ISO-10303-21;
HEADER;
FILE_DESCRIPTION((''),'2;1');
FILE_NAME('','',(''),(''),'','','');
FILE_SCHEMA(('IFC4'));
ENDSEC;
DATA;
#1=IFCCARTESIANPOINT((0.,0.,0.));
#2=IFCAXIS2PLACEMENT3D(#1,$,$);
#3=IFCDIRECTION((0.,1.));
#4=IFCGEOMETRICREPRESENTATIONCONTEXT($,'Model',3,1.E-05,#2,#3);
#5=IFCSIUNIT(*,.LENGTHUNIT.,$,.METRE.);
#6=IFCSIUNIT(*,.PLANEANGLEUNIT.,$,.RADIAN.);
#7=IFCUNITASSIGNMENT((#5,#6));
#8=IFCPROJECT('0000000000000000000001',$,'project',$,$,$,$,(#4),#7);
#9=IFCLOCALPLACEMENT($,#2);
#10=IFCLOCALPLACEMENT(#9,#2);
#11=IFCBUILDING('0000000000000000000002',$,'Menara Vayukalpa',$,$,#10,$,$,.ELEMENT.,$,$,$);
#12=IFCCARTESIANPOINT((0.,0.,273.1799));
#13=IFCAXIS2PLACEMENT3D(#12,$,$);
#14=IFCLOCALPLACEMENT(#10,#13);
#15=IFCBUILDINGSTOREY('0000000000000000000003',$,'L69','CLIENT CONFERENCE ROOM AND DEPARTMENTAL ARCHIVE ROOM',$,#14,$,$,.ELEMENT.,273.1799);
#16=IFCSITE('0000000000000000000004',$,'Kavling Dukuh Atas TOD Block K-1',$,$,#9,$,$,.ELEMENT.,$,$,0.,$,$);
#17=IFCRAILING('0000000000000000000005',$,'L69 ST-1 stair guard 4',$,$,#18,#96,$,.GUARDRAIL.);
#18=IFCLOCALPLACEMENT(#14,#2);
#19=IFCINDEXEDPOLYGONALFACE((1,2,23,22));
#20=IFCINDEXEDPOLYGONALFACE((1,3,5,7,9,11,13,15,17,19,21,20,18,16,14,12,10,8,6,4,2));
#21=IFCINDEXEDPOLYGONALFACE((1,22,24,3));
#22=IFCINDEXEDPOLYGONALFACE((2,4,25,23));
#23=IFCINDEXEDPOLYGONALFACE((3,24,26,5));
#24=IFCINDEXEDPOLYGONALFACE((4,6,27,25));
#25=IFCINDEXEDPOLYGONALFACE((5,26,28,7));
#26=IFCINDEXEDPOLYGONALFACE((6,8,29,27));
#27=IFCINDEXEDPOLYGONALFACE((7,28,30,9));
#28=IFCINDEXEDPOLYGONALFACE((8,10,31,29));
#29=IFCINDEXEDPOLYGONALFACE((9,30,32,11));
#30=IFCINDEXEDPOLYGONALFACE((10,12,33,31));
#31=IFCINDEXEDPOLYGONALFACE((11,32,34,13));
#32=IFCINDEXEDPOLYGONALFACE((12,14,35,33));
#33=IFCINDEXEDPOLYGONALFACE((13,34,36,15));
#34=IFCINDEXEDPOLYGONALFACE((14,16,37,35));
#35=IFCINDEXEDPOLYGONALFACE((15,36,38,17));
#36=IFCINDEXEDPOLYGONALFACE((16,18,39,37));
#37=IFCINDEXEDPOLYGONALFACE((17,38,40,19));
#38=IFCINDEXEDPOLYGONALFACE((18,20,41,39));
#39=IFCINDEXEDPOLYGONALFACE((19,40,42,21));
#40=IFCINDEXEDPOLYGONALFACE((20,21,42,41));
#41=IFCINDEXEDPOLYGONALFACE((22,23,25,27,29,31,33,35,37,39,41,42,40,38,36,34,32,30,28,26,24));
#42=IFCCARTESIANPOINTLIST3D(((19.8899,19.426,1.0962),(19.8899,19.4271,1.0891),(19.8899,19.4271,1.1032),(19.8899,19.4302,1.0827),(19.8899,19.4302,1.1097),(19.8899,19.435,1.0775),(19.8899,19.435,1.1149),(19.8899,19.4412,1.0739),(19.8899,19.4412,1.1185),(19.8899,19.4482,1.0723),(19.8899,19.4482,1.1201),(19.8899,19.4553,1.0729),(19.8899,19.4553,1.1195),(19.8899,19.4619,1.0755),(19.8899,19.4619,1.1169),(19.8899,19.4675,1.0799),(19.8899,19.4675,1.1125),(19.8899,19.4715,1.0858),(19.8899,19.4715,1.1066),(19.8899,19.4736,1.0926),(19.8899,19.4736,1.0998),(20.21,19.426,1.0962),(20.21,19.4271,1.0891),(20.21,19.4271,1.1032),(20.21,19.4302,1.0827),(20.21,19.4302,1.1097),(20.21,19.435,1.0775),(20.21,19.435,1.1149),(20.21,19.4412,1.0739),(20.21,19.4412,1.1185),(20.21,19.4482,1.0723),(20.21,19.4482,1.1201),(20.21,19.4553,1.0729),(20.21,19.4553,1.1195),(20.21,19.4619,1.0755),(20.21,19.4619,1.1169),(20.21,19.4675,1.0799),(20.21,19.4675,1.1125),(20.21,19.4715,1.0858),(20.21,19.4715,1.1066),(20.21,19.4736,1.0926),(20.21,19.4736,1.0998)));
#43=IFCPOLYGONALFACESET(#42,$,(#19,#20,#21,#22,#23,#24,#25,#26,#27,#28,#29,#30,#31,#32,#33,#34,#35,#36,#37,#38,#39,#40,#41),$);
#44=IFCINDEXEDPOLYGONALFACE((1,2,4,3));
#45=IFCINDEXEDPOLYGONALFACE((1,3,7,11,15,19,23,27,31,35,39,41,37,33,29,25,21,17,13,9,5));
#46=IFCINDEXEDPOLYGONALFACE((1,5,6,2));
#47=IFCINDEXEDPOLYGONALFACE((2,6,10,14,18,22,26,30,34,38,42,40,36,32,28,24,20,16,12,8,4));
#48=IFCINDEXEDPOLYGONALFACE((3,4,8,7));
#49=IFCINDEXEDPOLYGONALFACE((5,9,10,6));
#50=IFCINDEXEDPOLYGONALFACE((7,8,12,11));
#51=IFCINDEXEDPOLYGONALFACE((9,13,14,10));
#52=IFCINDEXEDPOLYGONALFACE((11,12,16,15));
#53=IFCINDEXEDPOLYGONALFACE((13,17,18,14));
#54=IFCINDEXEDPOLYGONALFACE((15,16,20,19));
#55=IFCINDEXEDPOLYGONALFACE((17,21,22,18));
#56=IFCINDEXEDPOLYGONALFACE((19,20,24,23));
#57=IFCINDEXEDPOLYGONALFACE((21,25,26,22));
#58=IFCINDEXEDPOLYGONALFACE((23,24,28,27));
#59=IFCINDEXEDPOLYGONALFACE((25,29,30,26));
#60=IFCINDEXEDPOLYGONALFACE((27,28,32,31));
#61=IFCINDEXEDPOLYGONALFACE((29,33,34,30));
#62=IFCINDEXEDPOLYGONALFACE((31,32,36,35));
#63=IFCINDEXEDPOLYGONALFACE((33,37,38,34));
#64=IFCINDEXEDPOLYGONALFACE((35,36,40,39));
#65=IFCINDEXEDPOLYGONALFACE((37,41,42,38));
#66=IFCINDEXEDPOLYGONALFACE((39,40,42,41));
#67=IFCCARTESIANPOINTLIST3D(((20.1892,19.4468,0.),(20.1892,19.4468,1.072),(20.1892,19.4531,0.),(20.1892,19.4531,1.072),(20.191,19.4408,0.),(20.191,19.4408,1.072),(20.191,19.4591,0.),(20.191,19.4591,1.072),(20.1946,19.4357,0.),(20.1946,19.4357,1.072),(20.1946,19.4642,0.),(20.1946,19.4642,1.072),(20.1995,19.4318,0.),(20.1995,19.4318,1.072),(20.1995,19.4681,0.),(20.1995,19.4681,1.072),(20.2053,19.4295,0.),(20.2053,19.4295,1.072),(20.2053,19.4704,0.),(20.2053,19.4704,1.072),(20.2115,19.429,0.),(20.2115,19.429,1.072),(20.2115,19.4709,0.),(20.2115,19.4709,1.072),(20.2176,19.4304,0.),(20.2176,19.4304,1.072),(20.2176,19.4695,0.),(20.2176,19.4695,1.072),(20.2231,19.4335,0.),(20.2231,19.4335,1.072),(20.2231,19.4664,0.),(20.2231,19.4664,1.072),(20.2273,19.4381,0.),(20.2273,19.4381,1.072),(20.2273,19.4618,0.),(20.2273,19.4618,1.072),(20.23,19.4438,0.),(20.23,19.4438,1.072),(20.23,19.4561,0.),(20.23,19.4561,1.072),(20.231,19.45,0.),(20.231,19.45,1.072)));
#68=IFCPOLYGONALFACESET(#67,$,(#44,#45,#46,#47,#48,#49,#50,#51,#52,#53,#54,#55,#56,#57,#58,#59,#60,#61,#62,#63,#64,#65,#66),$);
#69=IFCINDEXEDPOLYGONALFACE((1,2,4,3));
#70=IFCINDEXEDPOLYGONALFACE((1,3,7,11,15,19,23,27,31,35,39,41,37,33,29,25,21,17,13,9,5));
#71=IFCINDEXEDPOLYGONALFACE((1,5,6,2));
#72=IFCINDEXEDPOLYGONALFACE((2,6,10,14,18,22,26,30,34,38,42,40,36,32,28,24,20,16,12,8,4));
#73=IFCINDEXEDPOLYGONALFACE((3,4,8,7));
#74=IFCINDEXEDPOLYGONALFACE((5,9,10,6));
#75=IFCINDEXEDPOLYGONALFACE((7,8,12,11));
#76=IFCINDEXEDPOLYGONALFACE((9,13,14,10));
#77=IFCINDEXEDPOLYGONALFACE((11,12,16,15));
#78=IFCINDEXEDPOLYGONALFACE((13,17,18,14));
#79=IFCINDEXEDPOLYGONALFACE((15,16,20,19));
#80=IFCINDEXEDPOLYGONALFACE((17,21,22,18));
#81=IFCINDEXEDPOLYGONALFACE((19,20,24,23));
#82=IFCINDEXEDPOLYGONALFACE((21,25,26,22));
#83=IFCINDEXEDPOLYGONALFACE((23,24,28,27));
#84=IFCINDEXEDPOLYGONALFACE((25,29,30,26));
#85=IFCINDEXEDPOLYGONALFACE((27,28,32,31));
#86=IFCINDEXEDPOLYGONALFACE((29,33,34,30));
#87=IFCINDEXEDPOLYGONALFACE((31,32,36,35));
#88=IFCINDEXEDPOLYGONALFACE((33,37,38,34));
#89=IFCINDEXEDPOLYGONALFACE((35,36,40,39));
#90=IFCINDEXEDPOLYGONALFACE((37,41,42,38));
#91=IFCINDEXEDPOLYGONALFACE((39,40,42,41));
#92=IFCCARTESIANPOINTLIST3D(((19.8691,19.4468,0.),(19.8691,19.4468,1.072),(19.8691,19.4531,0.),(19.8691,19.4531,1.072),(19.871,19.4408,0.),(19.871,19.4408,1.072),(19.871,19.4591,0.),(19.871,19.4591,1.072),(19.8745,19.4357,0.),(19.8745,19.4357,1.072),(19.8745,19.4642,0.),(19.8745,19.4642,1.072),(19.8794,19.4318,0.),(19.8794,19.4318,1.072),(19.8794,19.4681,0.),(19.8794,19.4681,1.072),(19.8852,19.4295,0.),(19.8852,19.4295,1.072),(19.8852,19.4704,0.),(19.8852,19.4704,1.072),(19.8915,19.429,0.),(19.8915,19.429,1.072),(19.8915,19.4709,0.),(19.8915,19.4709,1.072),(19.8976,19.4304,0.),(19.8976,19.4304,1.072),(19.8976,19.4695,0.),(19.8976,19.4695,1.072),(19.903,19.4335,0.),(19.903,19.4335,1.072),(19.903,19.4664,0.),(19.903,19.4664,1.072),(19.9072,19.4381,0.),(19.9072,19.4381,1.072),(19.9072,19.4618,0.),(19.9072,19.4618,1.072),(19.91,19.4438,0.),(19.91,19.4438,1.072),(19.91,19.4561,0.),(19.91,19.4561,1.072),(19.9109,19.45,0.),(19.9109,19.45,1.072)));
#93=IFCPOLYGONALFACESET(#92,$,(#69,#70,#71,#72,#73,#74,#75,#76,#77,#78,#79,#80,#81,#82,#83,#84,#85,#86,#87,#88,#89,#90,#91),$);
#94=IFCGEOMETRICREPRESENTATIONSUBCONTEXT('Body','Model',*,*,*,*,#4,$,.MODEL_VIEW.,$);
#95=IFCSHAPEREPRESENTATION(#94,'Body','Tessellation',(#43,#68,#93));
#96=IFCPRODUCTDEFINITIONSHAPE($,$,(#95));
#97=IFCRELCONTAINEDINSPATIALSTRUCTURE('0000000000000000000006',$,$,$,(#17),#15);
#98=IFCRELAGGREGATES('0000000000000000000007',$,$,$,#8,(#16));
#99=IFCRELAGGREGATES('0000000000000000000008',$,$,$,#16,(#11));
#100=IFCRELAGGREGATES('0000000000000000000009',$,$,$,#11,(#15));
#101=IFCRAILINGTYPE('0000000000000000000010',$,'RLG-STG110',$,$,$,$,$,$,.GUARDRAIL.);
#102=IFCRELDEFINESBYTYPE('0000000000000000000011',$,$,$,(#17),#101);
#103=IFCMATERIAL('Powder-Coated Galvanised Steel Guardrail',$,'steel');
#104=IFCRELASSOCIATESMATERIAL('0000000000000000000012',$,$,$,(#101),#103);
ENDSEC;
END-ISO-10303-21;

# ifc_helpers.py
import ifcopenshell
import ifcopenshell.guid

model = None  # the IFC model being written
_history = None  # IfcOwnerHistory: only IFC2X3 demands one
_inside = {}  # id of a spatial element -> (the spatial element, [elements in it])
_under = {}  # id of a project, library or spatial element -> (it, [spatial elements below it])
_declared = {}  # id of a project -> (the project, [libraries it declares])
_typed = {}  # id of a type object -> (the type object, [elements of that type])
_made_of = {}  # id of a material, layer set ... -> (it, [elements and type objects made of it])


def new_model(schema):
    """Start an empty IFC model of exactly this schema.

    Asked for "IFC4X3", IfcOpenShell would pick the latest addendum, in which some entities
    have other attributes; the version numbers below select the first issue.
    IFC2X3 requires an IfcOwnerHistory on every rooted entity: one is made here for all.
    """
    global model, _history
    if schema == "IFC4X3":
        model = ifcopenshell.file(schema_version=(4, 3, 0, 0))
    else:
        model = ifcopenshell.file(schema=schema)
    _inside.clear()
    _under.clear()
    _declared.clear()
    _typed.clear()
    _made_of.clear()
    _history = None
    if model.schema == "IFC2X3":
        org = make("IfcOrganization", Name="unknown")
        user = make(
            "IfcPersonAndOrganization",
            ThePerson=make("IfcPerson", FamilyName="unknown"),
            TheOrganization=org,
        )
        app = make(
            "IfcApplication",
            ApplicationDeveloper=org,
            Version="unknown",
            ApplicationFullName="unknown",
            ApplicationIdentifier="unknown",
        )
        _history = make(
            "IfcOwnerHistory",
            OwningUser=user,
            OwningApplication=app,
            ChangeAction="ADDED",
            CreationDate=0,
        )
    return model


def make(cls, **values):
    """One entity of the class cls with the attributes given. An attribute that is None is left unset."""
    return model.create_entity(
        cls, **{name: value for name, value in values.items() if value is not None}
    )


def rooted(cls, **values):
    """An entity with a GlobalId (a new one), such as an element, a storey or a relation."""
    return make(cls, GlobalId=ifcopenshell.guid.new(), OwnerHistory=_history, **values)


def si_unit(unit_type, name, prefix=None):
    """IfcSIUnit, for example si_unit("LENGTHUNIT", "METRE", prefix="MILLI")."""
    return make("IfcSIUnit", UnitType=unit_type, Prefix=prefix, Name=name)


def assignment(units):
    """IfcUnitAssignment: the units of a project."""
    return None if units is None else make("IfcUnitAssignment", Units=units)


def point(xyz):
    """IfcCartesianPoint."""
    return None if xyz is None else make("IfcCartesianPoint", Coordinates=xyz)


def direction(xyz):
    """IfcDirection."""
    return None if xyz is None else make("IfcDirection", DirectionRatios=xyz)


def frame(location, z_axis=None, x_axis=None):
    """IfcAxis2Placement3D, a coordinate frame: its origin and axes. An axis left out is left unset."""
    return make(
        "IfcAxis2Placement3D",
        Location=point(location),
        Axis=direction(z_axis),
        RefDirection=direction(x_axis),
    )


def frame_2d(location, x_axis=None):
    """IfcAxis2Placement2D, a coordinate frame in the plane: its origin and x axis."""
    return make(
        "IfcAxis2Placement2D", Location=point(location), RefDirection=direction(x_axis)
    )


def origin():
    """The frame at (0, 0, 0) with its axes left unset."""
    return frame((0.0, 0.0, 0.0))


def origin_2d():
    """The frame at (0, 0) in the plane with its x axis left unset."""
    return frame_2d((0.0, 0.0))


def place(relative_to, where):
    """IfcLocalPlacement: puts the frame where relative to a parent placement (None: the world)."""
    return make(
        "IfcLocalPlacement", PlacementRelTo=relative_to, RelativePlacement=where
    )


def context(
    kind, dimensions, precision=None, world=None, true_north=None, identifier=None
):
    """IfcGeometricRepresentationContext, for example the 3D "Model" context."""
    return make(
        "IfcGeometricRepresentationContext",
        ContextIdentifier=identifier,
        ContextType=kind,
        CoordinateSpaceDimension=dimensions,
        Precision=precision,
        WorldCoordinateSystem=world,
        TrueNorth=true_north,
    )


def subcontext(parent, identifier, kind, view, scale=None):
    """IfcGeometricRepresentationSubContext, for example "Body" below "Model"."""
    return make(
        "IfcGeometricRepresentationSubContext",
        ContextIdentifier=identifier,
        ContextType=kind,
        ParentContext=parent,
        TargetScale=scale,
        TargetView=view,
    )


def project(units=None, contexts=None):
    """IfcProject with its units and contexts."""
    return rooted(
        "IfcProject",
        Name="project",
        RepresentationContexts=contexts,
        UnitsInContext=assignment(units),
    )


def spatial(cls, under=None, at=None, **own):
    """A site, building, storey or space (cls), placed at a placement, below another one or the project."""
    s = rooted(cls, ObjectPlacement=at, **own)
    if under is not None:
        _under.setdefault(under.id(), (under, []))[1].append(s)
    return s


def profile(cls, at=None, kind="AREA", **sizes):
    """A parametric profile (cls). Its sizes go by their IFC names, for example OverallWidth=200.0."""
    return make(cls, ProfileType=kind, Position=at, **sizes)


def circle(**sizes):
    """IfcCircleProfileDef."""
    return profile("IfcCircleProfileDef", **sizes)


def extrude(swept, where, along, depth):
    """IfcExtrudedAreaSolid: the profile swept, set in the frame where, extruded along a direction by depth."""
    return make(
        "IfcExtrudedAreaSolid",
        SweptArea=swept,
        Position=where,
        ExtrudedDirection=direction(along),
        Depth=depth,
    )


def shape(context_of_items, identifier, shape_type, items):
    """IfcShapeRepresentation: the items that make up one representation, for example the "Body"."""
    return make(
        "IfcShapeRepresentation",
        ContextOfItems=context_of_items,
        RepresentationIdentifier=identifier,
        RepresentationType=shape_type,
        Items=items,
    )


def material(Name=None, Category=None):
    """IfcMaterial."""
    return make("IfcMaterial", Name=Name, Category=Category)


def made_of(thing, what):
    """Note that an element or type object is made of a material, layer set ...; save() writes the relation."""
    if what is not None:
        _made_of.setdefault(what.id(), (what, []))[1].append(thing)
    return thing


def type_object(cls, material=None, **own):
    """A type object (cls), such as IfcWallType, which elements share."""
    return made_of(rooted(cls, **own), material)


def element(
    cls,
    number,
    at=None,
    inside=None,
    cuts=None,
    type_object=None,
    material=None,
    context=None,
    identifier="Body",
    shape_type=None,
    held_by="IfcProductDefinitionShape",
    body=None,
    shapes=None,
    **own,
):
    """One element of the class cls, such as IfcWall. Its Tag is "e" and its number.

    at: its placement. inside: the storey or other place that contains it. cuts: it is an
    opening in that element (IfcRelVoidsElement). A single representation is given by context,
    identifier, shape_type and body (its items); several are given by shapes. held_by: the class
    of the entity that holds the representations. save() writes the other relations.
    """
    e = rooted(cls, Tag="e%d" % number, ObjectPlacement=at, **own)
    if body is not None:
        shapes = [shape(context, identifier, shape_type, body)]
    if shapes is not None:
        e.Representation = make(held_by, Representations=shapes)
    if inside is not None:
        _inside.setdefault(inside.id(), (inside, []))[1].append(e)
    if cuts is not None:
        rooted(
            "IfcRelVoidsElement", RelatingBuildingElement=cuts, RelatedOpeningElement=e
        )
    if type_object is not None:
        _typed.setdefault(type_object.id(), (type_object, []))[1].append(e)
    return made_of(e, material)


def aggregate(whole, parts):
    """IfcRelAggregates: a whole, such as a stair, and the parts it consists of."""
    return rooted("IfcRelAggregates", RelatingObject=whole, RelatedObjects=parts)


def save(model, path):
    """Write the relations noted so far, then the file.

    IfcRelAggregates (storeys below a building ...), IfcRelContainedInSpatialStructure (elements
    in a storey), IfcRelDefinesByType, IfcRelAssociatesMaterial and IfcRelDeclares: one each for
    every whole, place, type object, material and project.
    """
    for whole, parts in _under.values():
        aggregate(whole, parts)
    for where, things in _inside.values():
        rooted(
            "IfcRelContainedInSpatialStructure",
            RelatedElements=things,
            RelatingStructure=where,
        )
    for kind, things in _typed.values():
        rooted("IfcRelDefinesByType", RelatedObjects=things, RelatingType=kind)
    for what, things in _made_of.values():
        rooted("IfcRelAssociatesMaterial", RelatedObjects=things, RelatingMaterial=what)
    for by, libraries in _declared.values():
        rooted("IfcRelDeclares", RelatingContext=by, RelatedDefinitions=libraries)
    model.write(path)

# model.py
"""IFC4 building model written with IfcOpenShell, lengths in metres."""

from ifc_helpers import new_model, si_unit, direction, frame, origin, origin_2d, place, context, subcontext, project, spatial, circle, extrude, material, type_object, element, save


model = new_model("IFC4")

# Units and contexts
model_context = context("Model", 3, precision=1e-05, world=origin(), true_north=direction((0.0, 1.0)))
body_context = subcontext(model_context, "Body", "Model", "MODEL_VIEW")
ifc_project = project(units=[si_unit("LENGTHUNIT", "METRE"), si_unit("PLANEANGLEUNIT", "RADIAN")], contexts=[model_context])

# Site, building, storey
site_placement = place(None, origin())
site = spatial("IfcSite", under=ifc_project, at=site_placement, Name="Kavling Dukuh Atas TOD Block K-1", CompositionType="ELEMENT", RefElevation=0.0)
building_placement = place(site_placement, origin())
building = spatial("IfcBuilding", under=site, at=building_placement, Name="Menara Vayukalpa", CompositionType="ELEMENT")
storey_placement = place(building_placement, frame((0.0, 0.0, 273.1799)))
storey = spatial("IfcBuildingStorey", under=building, at=storey_placement, Name="L69", Description="CLIENT CONFERENCE ROOM AND DEPARTMENTAL ARCHIVE ROOM", CompositionType="ELEMENT", Elevation=273.1799)

# Railing
ifc_material_1 = material(Name="Powder-Coated Galvanised Steel Guardrail", Category="steel")
railing_type_1 = type_object("IfcRailingType", Name="RLG-STG110", PredefinedType="GUARDRAIL", material=ifc_material_1)
railing_1_placement = place(storey_placement, frame((20.21, 19.45, 0.0)))
element("IfcRailing", 1, at=railing_1_placement, inside=storey, type_object=railing_type_1, Name="L69 ST-1 stair guard 4", PredefinedType="GUARDRAIL", context=body_context, shape_type="SweptSolid", body=[
    extrude(circle(Radius=0.0239, at=origin_2d()), frame((0.0, 0.0, 1.0962), z_axis=(-1.0, 0.0, 0.0), x_axis=(0.0, -1.0, 0.0)), (0.0, 0.0, 1.0), 0.3201),
    extrude(circle(Radius=0.021, at=origin_2d()), origin(), (0.0, 0.0, 1.0), 1.072),
    extrude(circle(Radius=0.021, at=origin_2d()), frame((-0.3201, 0.0, 0.0)), (0.0, 0.0, 1.0), 1.072),
])

save(model, "model.ifc")
